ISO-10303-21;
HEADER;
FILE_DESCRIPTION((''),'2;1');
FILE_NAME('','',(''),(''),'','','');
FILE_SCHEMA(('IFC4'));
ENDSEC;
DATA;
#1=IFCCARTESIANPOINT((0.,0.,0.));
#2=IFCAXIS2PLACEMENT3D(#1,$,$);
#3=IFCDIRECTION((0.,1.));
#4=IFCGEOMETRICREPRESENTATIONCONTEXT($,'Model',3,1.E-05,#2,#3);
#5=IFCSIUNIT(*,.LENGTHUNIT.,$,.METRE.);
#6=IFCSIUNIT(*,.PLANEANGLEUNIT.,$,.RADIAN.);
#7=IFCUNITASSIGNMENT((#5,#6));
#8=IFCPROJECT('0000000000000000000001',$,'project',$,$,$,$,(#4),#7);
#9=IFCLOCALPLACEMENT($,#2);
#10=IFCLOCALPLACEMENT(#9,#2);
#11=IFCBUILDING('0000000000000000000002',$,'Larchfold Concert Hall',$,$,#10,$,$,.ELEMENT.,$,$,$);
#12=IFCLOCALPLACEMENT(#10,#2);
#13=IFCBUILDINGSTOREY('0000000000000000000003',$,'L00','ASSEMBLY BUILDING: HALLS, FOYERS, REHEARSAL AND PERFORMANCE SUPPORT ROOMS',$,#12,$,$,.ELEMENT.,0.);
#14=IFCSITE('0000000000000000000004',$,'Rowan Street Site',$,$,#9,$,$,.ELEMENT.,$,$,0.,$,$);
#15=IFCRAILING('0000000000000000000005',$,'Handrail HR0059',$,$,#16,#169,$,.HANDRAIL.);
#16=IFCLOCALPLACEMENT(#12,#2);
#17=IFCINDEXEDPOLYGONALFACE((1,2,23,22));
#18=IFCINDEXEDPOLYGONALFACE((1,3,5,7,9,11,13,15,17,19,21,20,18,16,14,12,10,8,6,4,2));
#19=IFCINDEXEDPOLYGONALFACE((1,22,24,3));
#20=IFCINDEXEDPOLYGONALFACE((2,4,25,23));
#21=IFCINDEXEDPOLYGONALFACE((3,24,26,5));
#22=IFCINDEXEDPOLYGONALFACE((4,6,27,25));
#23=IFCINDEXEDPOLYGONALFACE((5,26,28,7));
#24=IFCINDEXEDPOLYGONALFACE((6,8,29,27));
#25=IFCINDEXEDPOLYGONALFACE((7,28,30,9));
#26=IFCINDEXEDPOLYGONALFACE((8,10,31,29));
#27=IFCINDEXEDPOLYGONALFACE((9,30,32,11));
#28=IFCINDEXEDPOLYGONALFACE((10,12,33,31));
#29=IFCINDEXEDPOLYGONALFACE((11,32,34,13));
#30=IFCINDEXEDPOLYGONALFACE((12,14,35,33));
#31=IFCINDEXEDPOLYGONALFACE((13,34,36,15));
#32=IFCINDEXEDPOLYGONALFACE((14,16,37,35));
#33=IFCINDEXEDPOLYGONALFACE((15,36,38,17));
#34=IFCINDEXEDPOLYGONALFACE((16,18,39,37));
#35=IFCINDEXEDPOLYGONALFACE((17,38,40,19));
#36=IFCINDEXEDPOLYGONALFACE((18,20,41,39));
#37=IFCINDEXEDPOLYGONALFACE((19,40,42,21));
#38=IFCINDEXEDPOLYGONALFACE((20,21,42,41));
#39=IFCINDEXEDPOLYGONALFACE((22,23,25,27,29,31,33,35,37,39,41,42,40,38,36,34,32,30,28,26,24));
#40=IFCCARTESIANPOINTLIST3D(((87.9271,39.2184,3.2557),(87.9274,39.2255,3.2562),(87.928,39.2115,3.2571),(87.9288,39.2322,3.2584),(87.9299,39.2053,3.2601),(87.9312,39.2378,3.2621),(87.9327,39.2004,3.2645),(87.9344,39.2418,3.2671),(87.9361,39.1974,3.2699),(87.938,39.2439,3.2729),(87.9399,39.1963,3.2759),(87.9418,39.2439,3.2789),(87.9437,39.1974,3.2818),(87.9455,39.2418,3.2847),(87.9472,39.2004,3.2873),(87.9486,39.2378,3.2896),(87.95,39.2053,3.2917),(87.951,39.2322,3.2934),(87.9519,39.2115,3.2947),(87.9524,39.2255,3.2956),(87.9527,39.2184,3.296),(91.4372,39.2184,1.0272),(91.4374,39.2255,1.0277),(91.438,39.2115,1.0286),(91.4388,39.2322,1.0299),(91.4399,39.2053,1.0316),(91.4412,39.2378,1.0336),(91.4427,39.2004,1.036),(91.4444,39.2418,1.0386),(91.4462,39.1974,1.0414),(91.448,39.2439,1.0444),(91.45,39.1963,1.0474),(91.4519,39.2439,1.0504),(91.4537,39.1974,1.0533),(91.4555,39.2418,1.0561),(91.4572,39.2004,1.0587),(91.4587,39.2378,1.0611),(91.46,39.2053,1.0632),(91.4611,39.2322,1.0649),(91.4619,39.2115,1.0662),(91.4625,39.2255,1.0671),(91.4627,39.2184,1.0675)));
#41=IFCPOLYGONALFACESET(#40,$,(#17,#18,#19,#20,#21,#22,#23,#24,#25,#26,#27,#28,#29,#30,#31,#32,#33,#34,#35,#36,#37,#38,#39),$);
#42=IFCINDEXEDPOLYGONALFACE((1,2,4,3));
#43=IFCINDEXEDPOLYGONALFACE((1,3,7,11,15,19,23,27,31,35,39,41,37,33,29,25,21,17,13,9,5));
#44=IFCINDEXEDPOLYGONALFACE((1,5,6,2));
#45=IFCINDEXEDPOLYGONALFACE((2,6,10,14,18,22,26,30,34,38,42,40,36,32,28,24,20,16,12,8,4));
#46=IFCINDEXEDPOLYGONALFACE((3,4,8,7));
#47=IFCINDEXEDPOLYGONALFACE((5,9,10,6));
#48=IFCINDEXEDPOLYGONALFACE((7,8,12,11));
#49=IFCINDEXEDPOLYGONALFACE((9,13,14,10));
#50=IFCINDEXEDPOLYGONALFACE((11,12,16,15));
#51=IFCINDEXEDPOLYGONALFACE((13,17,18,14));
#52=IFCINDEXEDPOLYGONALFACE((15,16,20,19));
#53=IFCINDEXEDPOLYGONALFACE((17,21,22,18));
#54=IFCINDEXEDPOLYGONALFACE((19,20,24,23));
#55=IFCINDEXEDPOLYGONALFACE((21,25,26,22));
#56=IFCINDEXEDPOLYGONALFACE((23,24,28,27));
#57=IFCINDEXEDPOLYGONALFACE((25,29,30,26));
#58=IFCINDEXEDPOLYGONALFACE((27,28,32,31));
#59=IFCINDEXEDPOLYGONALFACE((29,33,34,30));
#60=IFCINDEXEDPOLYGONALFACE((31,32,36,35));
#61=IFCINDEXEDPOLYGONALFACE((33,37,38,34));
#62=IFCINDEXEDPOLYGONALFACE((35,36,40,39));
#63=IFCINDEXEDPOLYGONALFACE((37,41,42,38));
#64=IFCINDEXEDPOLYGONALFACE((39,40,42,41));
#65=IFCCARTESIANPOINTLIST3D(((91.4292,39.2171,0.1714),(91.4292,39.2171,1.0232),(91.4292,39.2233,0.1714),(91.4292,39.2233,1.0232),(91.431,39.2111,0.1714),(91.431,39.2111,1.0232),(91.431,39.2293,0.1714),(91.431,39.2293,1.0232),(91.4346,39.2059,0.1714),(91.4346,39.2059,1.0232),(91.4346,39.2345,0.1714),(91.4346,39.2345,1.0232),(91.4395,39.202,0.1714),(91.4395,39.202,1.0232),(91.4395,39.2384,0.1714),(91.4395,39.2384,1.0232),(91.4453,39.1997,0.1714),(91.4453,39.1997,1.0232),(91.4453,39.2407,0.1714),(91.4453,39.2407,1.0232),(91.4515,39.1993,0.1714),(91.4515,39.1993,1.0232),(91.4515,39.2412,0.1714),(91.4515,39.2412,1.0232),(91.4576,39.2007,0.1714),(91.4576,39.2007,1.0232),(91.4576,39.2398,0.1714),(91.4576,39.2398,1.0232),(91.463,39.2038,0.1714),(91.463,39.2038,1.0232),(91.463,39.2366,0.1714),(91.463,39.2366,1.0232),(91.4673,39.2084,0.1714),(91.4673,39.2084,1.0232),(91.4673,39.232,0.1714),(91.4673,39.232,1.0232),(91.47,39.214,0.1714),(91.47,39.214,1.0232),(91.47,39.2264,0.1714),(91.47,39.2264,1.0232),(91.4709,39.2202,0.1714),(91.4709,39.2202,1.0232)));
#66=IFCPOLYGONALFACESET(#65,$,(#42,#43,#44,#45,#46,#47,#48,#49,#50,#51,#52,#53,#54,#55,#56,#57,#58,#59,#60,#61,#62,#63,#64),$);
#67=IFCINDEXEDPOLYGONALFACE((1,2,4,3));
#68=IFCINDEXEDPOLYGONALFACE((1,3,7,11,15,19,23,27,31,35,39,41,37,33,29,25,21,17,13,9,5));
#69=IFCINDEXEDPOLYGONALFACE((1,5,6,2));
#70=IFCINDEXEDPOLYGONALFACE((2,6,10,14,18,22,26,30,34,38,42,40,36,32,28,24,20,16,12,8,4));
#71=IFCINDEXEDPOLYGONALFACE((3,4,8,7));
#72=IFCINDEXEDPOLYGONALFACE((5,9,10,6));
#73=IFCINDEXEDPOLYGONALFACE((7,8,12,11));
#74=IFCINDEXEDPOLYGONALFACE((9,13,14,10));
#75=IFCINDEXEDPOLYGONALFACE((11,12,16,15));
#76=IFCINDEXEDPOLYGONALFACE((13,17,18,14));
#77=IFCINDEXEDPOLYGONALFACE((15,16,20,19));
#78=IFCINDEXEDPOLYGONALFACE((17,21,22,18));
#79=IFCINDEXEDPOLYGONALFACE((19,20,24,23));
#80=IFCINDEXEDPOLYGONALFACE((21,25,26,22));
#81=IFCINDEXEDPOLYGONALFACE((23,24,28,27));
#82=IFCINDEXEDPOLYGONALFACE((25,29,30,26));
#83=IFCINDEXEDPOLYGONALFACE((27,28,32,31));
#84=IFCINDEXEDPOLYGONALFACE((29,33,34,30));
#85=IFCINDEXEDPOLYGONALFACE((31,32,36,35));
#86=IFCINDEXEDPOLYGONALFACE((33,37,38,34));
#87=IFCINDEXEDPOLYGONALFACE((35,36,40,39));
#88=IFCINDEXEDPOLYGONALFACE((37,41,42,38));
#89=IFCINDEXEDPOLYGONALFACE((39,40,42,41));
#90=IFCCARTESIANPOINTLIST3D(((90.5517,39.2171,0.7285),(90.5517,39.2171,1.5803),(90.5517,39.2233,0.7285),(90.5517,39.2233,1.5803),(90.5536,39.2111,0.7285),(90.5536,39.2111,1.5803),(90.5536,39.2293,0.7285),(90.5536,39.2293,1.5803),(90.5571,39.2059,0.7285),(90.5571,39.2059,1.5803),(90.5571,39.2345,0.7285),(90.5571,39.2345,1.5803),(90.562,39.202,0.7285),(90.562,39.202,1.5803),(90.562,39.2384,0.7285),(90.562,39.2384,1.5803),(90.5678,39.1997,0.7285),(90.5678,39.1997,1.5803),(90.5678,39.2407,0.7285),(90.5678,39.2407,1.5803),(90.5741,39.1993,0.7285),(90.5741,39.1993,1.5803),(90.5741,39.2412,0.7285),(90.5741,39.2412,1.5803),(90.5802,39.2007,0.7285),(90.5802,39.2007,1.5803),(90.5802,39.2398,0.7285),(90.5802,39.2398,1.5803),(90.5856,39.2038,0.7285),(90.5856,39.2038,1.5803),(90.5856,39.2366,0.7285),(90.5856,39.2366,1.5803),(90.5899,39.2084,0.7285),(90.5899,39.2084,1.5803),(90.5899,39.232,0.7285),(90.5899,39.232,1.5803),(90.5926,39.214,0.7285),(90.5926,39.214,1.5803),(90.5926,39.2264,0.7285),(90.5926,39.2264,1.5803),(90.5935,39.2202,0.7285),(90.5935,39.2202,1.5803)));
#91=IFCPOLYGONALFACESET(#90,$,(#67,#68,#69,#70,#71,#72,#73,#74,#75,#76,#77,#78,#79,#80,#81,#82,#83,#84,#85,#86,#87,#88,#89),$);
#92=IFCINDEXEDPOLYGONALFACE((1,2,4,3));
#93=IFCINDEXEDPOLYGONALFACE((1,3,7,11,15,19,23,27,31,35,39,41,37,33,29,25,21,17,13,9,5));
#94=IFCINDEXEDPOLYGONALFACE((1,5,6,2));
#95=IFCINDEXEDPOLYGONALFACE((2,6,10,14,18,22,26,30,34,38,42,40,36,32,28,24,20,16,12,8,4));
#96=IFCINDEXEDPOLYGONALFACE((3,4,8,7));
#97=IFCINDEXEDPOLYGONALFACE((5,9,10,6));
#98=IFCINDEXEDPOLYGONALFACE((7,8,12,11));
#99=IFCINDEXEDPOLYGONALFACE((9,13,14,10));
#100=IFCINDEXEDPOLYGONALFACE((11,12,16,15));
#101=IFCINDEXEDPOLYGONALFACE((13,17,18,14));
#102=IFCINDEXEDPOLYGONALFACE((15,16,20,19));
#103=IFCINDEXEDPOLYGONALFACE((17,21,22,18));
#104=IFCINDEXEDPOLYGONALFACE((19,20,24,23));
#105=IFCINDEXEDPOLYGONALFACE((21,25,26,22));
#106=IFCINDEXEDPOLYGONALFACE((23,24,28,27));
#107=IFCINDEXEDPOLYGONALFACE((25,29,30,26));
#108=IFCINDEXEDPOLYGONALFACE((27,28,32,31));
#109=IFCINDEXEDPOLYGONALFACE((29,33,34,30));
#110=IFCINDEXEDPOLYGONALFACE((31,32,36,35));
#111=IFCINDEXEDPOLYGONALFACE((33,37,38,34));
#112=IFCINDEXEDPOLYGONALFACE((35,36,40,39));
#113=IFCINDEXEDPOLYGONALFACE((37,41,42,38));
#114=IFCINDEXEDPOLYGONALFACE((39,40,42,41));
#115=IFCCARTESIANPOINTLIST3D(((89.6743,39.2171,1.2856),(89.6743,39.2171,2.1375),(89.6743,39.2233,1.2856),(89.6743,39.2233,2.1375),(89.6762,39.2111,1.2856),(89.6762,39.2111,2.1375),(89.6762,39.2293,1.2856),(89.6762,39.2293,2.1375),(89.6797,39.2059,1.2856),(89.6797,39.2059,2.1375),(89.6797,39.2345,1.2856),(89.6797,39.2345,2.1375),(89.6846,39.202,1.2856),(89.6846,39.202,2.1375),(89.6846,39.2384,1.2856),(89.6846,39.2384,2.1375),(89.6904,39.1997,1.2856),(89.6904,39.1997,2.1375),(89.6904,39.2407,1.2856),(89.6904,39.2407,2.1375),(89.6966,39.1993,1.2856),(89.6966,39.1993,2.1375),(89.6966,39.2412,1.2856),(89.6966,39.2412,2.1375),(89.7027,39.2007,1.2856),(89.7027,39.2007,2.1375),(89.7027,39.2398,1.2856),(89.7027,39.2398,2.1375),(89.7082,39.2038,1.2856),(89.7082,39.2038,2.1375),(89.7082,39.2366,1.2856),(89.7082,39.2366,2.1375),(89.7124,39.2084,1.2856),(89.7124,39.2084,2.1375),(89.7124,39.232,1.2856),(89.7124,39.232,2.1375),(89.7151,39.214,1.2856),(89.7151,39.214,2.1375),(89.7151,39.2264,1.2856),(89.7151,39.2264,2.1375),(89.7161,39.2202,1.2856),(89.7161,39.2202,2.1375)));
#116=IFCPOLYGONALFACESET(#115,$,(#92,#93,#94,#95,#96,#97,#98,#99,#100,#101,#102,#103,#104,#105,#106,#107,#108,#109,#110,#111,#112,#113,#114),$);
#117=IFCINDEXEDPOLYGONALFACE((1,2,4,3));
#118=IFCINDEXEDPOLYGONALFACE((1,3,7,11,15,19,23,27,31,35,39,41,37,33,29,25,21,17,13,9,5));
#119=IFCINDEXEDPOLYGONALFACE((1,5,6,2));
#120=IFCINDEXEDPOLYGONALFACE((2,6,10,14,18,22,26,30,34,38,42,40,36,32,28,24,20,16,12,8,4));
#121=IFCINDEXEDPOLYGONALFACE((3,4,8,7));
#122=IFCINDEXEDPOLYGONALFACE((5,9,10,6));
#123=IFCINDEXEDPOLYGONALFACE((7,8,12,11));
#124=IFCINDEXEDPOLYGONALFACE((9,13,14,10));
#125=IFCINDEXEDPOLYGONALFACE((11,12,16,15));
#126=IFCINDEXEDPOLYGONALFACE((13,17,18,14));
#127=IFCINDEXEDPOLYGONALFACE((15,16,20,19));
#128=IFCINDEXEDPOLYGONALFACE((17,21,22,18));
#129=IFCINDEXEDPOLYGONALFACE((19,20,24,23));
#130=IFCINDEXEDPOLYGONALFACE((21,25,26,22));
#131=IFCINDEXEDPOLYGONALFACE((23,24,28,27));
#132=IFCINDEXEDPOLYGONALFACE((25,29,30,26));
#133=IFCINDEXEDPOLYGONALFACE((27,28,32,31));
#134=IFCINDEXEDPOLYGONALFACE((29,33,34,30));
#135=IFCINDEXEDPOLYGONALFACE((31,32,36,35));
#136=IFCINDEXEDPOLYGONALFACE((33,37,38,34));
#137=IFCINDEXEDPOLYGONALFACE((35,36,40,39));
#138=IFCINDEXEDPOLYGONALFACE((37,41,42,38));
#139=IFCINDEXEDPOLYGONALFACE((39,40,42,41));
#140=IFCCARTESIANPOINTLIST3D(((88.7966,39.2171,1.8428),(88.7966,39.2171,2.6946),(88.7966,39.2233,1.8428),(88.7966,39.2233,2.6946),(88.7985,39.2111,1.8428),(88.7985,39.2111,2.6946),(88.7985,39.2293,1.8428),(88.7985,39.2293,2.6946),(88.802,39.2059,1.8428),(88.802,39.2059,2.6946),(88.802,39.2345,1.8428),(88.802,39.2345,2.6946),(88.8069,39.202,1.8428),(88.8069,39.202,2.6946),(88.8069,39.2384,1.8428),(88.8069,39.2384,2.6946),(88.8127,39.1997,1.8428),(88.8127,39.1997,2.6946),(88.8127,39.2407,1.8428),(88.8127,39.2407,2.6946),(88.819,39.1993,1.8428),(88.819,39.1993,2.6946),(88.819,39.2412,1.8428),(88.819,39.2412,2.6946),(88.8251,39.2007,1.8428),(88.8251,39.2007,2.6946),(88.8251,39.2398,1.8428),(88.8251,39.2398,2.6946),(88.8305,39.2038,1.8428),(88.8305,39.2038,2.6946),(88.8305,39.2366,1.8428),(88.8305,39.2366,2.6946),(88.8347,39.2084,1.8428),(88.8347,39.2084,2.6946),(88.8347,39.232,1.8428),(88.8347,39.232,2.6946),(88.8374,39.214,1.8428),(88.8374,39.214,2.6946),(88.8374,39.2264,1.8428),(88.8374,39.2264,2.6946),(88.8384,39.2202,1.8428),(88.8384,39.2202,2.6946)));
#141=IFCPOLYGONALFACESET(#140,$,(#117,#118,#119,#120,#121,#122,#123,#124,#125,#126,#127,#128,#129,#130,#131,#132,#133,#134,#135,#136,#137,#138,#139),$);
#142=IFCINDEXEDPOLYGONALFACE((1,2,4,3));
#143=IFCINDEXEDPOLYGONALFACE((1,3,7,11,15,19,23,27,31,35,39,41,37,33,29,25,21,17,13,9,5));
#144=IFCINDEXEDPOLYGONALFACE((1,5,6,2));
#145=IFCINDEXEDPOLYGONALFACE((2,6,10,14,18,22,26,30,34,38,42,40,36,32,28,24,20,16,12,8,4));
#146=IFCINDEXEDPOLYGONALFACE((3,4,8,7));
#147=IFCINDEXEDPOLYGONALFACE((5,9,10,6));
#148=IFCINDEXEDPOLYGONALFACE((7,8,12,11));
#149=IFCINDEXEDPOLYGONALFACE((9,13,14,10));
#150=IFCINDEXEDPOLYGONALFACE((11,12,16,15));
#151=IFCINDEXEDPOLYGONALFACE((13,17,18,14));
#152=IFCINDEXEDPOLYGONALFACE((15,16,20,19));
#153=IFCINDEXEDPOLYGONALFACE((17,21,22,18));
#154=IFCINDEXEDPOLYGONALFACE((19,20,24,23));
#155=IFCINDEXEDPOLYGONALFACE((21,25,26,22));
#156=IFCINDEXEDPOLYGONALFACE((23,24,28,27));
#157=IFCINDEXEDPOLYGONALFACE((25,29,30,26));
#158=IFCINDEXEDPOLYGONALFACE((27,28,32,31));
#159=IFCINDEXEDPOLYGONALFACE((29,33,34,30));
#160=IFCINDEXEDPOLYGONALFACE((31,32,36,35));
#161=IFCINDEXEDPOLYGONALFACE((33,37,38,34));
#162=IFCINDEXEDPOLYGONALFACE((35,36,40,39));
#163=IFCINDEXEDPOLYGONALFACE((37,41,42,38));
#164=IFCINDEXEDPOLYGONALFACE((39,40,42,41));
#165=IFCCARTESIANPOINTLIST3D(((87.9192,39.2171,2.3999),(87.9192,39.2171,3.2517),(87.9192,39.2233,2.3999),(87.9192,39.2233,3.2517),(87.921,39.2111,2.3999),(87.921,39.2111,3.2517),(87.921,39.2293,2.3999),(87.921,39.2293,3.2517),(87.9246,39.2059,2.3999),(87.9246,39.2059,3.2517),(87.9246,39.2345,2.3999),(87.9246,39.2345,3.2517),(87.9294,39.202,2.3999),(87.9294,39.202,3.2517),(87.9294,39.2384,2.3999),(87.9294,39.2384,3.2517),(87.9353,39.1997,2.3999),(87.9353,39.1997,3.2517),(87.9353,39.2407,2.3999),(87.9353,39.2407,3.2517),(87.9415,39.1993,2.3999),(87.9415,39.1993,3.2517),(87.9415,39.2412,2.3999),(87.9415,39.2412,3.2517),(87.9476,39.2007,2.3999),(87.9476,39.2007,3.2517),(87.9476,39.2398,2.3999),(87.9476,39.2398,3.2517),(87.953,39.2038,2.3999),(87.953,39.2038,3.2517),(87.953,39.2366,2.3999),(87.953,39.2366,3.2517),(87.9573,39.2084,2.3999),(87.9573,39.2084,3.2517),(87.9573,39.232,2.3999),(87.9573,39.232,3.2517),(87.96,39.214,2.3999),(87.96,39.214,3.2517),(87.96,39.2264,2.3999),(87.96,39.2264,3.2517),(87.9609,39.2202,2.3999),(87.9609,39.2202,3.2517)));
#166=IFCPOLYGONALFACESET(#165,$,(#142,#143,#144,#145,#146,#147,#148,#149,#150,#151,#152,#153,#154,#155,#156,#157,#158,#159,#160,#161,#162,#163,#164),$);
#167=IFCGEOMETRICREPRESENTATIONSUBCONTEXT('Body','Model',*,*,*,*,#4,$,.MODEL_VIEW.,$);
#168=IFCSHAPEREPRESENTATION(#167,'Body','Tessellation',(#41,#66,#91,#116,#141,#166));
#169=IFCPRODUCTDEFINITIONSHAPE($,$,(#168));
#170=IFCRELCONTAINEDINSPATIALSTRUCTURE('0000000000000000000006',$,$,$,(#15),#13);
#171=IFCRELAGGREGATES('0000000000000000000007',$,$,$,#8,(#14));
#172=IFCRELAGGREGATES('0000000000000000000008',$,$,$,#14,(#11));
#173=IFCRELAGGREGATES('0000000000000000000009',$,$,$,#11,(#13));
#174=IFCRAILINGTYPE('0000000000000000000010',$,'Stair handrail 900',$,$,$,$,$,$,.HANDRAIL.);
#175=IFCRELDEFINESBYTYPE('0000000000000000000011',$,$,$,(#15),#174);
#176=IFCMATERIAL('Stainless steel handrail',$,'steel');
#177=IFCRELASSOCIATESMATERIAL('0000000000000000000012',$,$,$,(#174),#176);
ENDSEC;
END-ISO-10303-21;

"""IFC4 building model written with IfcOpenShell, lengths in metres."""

from ifc_helpers import new_model, si_unit, direction, frame, origin, origin_2d, place, context, subcontext, project, spatial, circle, extrude, material, type_object, element, save


model = new_model("IFC4")

# Units and contexts
model_context = context("Model", 3, precision=1e-05, world=origin(), true_north=direction((0.0, 1.0)))
body_context = subcontext(model_context, "Body", "Model", "MODEL_VIEW")
ifc_project = project(units=[si_unit("LENGTHUNIT", "METRE"), si_unit("PLANEANGLEUNIT", "RADIAN")], contexts=[model_context])

# Site, building, storey
site_placement = place(None, origin())
site = spatial("IfcSite", under=ifc_project, at=site_placement, Name="Rowan Street Site", CompositionType="ELEMENT", RefElevation=0.0)
building_placement = place(site_placement, origin())
building = spatial("IfcBuilding", under=site, at=building_placement, Name="Larchfold Concert Hall", CompositionType="ELEMENT")
storey_placement = place(building_placement, origin())
storey = spatial("IfcBuildingStorey", under=building, at=storey_placement, Name="L00", Description="ASSEMBLY BUILDING: HALLS, FOYERS, REHEARSAL AND PERFORMANCE SUPPORT ROOMS", CompositionType="ELEMENT", Elevation=0.0)

# Railing
ifc_material_1 = material(Name="Stainless steel handrail", Category="steel")
railing_type_1 = type_object("IfcRailingType", Name="Stair handrail 900", PredefinedType="HANDRAIL", material=ifc_material_1)
for number, where, name in (
    (1, (91.45, 39.2202, 0.1714), "Handrail HR0059"),
):
    element("IfcRailing", number, at=place(storey_placement, frame(where)), inside=storey, type_object=railing_type_1, Name=name, PredefinedType="HANDRAIL", context=body_context, shape_type="SweptSolid", body=[
        extrude(circle(Radius=0.0239, at=origin_2d()), frame((0.0, 0.0, 0.876), z_axis=(-0.84422, 0.0, 0.535998), x_axis=(0.0, -1.0, 0.0)), (0.0, 0.0, 1.0), 4.1577),
        extrude(circle(Radius=0.021, at=origin_2d()), origin(), (0.0, 0.0, 1.0), 0.8518),
        extrude(circle(Radius=0.021, at=origin_2d()), frame((-0.8774, 0.0, 0.5571)), (0.0, 0.0, 1.0), 0.8518),
        extrude(circle(Radius=0.021, at=origin_2d()), frame((-1.7549, 0.0, 1.1143)), (0.0, 0.0, 1.0), 0.8518),
        extrude(circle(Radius=0.021, at=origin_2d()), frame((-2.6326, 0.0, 1.6714)), (0.0, 0.0, 1.0), 0.8518),
        extrude(circle(Radius=0.021, at=origin_2d()), frame((-3.51, 0.0, 2.2285)), (0.0, 0.0, 1.0), 0.8518),
    ])

save(model, "model.ifc")
